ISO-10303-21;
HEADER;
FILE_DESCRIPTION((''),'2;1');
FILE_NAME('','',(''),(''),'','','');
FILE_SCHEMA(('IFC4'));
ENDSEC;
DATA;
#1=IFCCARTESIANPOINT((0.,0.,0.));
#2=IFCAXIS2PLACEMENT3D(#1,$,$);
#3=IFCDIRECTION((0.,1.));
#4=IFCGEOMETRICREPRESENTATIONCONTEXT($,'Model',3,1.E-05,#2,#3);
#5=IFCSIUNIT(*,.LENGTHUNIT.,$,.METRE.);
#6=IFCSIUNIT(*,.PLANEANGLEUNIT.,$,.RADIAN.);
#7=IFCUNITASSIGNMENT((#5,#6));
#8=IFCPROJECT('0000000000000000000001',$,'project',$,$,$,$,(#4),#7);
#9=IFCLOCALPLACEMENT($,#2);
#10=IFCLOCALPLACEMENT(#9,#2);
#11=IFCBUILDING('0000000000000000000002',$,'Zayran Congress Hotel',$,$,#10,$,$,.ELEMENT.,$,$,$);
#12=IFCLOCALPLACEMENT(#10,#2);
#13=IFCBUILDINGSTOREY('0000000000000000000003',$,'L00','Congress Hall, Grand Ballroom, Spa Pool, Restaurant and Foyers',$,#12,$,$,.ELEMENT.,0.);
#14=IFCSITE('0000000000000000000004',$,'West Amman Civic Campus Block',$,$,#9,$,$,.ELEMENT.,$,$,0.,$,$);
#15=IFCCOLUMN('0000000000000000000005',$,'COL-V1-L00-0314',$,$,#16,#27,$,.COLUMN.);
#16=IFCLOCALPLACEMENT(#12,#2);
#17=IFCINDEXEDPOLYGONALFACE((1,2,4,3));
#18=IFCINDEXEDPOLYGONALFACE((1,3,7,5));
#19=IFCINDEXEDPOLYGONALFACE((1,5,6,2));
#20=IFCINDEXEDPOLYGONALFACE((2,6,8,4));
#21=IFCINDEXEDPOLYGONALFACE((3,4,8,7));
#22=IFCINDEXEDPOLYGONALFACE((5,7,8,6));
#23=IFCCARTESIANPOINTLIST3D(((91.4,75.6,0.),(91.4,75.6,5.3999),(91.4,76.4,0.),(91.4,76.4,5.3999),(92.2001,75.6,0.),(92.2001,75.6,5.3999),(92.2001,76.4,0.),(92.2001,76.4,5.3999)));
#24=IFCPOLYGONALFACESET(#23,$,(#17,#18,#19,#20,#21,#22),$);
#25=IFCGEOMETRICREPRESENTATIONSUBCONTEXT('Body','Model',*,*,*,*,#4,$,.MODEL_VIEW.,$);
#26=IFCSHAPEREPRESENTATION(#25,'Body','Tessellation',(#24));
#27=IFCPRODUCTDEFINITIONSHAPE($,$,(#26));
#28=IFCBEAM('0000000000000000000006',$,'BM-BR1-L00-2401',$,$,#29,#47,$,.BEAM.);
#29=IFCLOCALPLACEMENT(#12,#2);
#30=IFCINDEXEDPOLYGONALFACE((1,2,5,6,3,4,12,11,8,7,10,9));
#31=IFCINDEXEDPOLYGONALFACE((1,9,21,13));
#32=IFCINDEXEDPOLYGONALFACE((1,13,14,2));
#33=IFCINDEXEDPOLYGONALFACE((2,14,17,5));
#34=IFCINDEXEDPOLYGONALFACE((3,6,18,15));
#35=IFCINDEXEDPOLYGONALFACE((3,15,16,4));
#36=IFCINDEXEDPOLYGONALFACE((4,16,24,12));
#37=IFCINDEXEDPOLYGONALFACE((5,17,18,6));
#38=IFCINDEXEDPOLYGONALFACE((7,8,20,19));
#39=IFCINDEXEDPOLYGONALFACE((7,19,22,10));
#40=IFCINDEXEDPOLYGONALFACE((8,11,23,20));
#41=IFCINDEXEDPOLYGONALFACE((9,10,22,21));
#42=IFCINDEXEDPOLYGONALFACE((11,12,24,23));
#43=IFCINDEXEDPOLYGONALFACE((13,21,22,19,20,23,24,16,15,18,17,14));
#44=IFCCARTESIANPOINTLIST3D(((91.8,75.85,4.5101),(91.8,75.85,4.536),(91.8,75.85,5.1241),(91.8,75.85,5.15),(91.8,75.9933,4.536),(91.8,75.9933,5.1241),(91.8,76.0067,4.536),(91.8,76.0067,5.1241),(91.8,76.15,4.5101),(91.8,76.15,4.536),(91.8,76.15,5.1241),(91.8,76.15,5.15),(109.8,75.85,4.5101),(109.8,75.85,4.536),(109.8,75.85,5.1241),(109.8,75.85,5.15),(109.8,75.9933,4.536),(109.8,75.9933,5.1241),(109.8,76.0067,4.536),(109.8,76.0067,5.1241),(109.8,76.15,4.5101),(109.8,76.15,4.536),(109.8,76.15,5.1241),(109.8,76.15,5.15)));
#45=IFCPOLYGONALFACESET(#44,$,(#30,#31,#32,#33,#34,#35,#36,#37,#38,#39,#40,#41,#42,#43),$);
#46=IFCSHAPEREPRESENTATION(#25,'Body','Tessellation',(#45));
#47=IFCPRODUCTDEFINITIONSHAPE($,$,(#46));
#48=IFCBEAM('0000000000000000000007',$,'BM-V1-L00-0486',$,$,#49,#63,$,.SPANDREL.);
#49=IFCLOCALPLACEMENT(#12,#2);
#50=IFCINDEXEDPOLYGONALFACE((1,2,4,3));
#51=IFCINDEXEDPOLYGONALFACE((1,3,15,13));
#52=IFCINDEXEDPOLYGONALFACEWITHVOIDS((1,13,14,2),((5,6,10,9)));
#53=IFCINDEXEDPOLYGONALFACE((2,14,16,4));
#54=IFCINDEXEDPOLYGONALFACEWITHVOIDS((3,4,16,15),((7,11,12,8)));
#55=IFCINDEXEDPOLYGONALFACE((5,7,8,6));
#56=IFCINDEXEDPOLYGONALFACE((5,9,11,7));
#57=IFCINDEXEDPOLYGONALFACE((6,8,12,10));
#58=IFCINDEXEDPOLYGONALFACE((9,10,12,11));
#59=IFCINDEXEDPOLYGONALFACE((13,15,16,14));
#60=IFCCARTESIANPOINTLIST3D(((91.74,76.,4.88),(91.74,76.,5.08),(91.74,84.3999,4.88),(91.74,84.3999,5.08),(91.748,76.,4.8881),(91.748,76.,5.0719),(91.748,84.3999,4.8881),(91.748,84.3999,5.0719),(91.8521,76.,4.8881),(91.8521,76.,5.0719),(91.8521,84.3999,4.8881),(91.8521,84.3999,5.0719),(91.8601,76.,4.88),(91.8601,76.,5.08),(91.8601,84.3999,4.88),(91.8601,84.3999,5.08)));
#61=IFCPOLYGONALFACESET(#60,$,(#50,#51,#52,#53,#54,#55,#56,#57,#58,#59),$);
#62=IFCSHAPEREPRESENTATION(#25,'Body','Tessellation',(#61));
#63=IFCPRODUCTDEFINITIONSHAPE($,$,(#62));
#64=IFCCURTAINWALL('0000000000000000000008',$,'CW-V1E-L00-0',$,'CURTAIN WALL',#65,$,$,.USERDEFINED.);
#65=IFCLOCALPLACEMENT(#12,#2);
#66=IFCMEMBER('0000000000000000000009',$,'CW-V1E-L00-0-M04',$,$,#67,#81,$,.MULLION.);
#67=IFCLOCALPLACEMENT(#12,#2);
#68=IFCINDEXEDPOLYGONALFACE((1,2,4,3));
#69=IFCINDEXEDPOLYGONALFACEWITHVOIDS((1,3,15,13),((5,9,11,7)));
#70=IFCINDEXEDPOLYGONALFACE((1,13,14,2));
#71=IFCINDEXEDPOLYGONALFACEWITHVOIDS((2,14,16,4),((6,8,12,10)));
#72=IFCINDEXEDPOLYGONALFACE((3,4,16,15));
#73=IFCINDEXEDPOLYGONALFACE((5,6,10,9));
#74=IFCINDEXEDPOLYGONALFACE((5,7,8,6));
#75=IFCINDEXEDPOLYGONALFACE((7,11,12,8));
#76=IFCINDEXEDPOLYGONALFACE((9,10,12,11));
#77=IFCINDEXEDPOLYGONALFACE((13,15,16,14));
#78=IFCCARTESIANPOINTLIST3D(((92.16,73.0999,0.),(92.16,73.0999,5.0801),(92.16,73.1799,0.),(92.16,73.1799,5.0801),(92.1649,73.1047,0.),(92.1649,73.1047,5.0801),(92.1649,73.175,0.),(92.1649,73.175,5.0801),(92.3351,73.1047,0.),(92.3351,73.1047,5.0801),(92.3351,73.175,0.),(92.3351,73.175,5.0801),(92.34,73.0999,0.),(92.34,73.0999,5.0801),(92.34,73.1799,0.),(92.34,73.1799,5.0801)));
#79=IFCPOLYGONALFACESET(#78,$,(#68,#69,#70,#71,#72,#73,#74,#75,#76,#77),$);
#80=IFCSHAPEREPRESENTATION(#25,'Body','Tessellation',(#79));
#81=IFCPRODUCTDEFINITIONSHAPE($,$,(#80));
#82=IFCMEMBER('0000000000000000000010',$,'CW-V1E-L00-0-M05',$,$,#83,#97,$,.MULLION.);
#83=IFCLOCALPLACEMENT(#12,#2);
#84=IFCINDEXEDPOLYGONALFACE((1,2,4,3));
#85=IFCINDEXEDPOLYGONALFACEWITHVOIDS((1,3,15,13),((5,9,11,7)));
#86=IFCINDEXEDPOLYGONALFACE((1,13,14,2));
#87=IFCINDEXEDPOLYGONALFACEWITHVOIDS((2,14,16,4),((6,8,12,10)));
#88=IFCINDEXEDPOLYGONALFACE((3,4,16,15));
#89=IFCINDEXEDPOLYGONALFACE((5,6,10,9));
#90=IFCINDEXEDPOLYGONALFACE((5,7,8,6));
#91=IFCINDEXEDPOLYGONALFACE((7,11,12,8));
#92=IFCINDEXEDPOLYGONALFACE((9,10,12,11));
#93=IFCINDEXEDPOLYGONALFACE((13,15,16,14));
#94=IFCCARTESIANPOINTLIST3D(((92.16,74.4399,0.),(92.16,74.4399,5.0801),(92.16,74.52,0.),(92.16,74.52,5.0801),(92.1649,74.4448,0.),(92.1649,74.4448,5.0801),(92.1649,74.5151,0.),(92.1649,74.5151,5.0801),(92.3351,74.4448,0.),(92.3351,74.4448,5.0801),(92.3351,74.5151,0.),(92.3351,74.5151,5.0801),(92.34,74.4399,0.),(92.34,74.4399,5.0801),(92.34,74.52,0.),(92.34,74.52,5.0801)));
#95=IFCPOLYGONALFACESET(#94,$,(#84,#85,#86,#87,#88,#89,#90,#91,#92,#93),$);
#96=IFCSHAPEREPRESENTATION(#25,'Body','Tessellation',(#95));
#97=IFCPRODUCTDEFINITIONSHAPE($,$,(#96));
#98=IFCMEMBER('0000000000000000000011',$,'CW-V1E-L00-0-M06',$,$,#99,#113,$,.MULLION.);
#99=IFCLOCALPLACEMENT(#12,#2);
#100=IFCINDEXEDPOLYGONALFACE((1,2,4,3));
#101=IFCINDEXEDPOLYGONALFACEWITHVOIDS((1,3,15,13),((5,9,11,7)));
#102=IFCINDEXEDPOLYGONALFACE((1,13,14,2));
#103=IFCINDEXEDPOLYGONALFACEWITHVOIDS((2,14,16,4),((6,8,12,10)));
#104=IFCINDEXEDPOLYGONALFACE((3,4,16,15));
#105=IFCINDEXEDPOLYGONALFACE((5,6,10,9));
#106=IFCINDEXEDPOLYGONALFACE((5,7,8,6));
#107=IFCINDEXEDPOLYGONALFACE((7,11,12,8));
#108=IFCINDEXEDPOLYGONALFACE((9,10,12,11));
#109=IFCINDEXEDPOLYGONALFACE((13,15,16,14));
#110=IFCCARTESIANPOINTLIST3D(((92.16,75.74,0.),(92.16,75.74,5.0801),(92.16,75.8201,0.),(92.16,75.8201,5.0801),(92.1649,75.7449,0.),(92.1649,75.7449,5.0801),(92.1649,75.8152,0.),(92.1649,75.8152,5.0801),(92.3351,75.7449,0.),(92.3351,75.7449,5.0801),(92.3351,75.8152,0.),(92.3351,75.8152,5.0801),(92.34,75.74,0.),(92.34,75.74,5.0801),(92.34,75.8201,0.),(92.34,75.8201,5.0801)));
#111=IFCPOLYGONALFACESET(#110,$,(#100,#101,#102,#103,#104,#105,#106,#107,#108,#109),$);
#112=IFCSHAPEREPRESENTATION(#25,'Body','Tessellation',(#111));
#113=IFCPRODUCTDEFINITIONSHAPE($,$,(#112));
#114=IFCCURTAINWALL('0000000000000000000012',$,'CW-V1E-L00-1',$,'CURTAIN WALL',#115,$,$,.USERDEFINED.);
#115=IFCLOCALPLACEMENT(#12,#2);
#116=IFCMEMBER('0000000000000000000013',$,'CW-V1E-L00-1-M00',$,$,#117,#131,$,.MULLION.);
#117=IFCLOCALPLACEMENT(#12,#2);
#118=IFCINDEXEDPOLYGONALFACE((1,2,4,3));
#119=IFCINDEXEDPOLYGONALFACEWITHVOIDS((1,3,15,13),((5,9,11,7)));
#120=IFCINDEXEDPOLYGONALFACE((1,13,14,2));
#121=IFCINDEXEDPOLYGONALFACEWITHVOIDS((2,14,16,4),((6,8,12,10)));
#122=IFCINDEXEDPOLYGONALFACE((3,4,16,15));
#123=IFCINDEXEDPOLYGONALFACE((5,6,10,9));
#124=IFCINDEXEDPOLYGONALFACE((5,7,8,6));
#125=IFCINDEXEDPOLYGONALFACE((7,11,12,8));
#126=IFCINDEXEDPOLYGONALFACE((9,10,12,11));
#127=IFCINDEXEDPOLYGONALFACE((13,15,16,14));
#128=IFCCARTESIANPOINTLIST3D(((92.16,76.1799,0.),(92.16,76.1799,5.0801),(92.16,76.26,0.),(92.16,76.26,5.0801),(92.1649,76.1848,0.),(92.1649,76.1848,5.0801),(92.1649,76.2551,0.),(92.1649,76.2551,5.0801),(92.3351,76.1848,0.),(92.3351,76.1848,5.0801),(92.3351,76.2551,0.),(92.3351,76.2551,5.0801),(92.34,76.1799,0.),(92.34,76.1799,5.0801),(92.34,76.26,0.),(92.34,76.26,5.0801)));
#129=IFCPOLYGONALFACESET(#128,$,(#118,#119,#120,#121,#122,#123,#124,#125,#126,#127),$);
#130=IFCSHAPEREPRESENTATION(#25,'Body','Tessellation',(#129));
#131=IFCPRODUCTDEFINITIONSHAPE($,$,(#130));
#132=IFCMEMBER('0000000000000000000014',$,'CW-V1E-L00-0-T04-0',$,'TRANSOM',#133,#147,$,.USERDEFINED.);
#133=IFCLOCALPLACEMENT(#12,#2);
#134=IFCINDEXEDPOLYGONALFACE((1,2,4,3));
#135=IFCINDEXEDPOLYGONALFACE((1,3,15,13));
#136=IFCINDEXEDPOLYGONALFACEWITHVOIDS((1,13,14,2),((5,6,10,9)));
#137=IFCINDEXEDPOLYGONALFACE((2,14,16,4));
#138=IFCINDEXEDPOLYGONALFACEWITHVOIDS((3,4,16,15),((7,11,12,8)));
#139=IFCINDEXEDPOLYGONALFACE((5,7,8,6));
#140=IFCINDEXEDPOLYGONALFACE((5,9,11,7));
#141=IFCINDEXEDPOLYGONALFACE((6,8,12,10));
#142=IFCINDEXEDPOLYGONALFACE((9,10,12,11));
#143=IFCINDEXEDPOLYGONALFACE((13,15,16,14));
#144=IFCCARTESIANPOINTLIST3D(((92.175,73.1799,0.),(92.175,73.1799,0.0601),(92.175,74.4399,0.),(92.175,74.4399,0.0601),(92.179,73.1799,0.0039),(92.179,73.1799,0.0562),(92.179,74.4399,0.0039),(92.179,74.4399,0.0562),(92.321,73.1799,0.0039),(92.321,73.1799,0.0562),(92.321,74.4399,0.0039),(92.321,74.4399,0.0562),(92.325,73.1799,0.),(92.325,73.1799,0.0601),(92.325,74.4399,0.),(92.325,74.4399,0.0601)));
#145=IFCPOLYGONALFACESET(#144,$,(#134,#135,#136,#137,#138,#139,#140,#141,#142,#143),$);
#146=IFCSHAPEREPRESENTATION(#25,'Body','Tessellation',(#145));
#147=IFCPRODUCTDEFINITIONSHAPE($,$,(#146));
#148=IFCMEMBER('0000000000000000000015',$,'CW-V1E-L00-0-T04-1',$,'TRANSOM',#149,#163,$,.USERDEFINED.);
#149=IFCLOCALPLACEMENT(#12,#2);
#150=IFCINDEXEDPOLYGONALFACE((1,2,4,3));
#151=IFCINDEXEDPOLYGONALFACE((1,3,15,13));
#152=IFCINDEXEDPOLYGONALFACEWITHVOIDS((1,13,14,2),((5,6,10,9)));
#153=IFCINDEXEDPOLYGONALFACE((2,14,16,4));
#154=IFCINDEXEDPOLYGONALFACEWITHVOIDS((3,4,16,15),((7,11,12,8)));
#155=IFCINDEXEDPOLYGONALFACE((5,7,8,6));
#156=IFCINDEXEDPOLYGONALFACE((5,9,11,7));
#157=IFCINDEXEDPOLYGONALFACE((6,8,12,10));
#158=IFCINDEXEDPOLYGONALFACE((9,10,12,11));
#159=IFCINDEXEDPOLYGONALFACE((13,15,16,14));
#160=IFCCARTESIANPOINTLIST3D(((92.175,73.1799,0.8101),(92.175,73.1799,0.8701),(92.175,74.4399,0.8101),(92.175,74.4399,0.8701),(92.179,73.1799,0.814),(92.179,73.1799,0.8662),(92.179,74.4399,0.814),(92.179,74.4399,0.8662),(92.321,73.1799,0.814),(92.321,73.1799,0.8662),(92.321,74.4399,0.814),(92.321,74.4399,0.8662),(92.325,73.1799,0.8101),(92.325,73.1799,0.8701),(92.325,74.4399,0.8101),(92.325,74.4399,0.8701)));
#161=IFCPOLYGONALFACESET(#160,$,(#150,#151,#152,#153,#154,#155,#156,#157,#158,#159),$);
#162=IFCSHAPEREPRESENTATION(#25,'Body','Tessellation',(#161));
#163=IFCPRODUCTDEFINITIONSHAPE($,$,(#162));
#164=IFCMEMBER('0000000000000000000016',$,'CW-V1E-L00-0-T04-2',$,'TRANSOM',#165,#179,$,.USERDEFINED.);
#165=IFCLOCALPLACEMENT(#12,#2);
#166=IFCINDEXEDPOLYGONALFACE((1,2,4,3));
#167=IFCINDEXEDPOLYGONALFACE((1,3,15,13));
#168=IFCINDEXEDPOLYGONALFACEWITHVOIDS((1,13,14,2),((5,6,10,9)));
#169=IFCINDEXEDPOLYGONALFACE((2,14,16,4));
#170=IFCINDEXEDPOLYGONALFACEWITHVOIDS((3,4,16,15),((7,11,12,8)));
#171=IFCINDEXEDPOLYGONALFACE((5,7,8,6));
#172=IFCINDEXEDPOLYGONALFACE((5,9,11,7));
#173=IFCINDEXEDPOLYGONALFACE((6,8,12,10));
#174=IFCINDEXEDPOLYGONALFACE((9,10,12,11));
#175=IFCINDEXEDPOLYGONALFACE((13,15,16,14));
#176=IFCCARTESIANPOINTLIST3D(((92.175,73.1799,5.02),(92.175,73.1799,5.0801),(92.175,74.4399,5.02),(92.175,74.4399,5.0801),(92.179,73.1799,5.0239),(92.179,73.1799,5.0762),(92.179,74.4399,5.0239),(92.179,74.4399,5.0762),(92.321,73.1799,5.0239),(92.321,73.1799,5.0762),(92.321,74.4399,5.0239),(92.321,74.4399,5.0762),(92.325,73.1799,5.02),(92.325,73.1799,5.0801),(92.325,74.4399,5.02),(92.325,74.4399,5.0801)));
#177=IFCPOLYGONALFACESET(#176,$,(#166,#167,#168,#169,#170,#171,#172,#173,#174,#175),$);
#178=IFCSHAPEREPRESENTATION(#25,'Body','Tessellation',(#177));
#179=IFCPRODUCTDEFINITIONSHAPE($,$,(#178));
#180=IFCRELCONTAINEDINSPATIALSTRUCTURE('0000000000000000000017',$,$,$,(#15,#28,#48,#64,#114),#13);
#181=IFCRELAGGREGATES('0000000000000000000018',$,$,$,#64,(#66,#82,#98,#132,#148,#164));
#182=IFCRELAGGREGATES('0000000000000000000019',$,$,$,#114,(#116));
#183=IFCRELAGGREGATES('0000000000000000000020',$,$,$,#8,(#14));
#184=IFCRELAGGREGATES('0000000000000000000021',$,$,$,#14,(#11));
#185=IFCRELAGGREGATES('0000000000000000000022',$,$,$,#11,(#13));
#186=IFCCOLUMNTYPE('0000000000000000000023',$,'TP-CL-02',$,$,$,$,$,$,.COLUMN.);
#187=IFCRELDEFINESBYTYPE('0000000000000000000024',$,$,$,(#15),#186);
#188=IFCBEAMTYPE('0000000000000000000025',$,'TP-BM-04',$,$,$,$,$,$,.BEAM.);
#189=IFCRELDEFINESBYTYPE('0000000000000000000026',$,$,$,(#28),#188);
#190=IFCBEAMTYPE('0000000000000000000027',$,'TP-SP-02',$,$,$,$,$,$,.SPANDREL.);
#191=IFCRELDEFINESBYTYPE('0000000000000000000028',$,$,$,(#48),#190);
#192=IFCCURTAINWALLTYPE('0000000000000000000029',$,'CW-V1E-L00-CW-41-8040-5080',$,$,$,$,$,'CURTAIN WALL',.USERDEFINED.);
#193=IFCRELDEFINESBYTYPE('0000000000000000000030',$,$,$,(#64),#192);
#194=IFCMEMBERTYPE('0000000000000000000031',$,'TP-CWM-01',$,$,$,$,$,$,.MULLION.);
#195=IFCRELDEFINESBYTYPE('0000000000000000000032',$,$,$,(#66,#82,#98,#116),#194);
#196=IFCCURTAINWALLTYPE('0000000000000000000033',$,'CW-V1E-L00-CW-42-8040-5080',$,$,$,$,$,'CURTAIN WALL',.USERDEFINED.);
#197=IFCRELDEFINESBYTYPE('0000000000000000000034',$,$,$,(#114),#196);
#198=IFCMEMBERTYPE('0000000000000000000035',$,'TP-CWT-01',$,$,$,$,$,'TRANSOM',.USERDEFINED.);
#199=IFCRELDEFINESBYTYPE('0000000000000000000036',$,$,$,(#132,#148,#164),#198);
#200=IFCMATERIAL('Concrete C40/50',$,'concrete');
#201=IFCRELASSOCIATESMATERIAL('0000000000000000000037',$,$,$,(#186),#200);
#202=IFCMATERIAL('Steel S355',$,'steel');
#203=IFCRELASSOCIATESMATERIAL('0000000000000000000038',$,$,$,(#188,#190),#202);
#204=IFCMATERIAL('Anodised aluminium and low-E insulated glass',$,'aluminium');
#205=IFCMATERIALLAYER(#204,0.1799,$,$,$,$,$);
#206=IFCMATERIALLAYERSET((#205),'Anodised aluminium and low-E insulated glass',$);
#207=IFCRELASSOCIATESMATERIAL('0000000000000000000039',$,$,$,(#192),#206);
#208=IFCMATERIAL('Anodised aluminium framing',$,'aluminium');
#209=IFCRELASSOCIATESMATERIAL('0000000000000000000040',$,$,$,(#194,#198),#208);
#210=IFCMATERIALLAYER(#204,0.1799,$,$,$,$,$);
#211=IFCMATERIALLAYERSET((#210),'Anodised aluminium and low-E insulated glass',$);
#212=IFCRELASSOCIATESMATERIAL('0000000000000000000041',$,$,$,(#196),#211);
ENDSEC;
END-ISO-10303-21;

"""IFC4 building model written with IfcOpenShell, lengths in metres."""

from ifc_helpers import new_model, si_unit, direction, frame, origin, origin_2d, place, context, subcontext, project, spatial, rectangle, hollow_rectangle, i_section, extrude, material, layer, layer_set, material_profile, profile_set, type_object, element, aggregate, save


model = new_model("IFC4")

# Units and contexts
model_context = context("Model", 3, precision=1e-05, world=origin(), true_north=direction((0.0, 1.0)))
body_context = subcontext(model_context, "Body", "Model", "MODEL_VIEW")
ifc_project = project(units=[si_unit("LENGTHUNIT", "METRE"), si_unit("PLANEANGLEUNIT", "RADIAN")], contexts=[model_context])

# Site, building, storey
site_placement = place(None, origin())
site = spatial("IfcSite", under=ifc_project, at=site_placement, Name="West Amman Civic Campus Block", CompositionType="ELEMENT", RefElevation=0.0)
building_placement = place(site_placement, origin())
building = spatial("IfcBuilding", under=site, at=building_placement, Name="Zayran Congress Hotel", CompositionType="ELEMENT")
storey_placement = place(building_placement, origin())
storey = spatial("IfcBuildingStorey", under=building, at=storey_placement, Name="L00", Description="Congress Hall, Grand Ballroom, Spa Pool, Restaurant and Foyers", CompositionType="ELEMENT", Elevation=0.0)

# Column
ifc_material_1 = material(Name="Concrete C40/50", Category="concrete")
ifc_material_profile_1 = material_profile(ifc_material_1, rectangle(XDim=0.8, YDim=0.8, at=origin_2d()), Name="RC 800x800")
ifc_profile_set_1 = profile_set([ifc_material_profile_1], Name="Concrete C40/50")
column_type = type_object("IfcColumnType", Name="TP-CL-02", PredefinedType="COLUMN", material=ifc_profile_set_1)
column_placement = place(storey_placement, frame((91.8, 76.0, 0.0), z_axis=(0.0, 0.0, 1.0), x_axis=(1.0, 0.0, 0.0)))
element("IfcColumn", 1, at=column_placement, inside=storey, type_object=column_type, Name="COL-V1-L00-0314", PredefinedType="COLUMN", context=body_context, shape_type="SweptSolid", body=[
    extrude(rectangle(XDim=0.8, YDim=0.8, at=origin_2d()), origin(), (0.0, 0.0, 1.0), 5.3999),
])

# Beams
ifc_material_2 = material(Name="Steel S355", Category="steel")
ifc_material_profile_2 = material_profile(ifc_material_2, i_section(OverallWidth=0.3, OverallDepth=0.6399, WebThickness=0.0134, FlangeThickness=0.0259, at=origin_2d()), Name="HEA 650")
ifc_profile_set_2 = profile_set([ifc_material_profile_2], Name="Steel S355")
beam_type_1 = type_object("IfcBeamType", Name="TP-BM-04", PredefinedType="BEAM", material=ifc_profile_set_2)
beam_1_placement = place(storey_placement, frame((91.8, 76.0, 4.8301), z_axis=(1.0, 0.0, 0.0), x_axis=(0.0, 1.0, 0.0)))
element("IfcBeam", 2, at=beam_1_placement, inside=storey, type_object=beam_type_1, Name="BM-BR1-L00-2401", PredefinedType="BEAM", context=body_context, shape_type="SweptSolid", body=[
    extrude(i_section(OverallWidth=0.3, OverallDepth=0.6399, WebThickness=0.0134, FlangeThickness=0.0259, at=origin_2d()), origin(), (0.0, 0.0, 1.0), 18.0),
])
ifc_material_profile_3 = material_profile(ifc_material_2, hollow_rectangle(XDim=0.1201, YDim=0.2, WallThickness=0.0081, at=origin_2d()), Name="RHS 200x120x8")
ifc_profile_set_3 = profile_set([ifc_material_profile_3], Name="Steel S355")
beam_type_2 = type_object("IfcBeamType", Name="TP-SP-02", PredefinedType="SPANDREL", material=ifc_profile_set_3)
beam_2_placement = place(storey_placement, frame((91.8, 76.0, 4.98), z_axis=(0.0, 1.0, 0.0), x_axis=(-1.0, 0.0, 0.0)))
element("IfcBeam", 3, at=beam_2_placement, inside=storey, type_object=beam_type_2, Name="BM-V1-L00-0486", PredefinedType="SPANDREL", context=body_context, shape_type="SweptSolid", body=[
    extrude(hollow_rectangle(XDim=0.1201, YDim=0.2, WallThickness=0.0081, at=origin_2d()), origin(), (0.0, 0.0, 1.0), 8.3999),
])

# Curtain wall, members
ifc_material_3 = material(Name="Anodised aluminium and low-E insulated glass", Category="aluminium")
ifc_layer_1 = layer(ifc_material_3, 0.1799)
ifc_layer_set_1 = layer_set([ifc_layer_1], Name="Anodised aluminium and low-E insulated glass")
curtain_wall_type_1 = type_object("IfcCurtainWallType", Name="CW-V1E-L00-CW-41-8040-5080", ElementType="CURTAIN WALL", PredefinedType="USERDEFINED", material=ifc_layer_set_1)
curtain_wall_1_placement = place(storey_placement, origin())
curtain_wall_1 = element("IfcCurtainWall", 4, at=curtain_wall_1_placement, inside=storey, type_object=curtain_wall_type_1, Name="CW-V1E-L00-0", ObjectType="CURTAIN WALL", PredefinedType="USERDEFINED")
ifc_material_4 = material(Name="Anodised aluminium framing", Category="aluminium")
ifc_material_profile_4 = material_profile(ifc_material_4, hollow_rectangle(XDim=0.0801, YDim=0.1799, WallThickness=0.0049, at=origin_2d()), Name="RHS 180x80x5")
ifc_profile_set_4 = profile_set([ifc_material_profile_4], Name="Anodised aluminium framing")
member_type_1 = type_object("IfcMemberType", Name="TP-CWM-01", PredefinedType="MULLION", material=ifc_profile_set_4)
member_1_placement = place(storey_placement, frame((92.25, 73.1399, 0.0), z_axis=(0.0, 0.0, 1.0), x_axis=(0.0, 1.0, 0.0)))
member_1 = element("IfcMember", 5, at=member_1_placement, type_object=member_type_1, Name="CW-V1E-L00-0-M04", PredefinedType="MULLION", context=body_context, shape_type="SweptSolid", body=[
    extrude(hollow_rectangle(XDim=0.0801, YDim=0.1799, WallThickness=0.0049, at=origin_2d()), origin(), (0.0, 0.0, 1.0), 5.0801),
])
member_2_placement = place(storey_placement, frame((92.25, 74.48, 0.0), z_axis=(0.0, 0.0, 1.0), x_axis=(0.0, 1.0, 0.0)))
member_2 = element("IfcMember", 6, at=member_2_placement, type_object=member_type_1, Name="CW-V1E-L00-0-M05", PredefinedType="MULLION", context=body_context, shape_type="SweptSolid", body=[
    extrude(hollow_rectangle(XDim=0.0801, YDim=0.1799, WallThickness=0.0049, at=origin_2d()), origin(), (0.0, 0.0, 1.0), 5.0801),
])
member_3_placement = place(storey_placement, frame((92.25, 75.78, 0.0), z_axis=(0.0, 0.0, 1.0), x_axis=(0.0, 1.0, 0.0)))
member_3 = element("IfcMember", 7, at=member_3_placement, type_object=member_type_1, Name="CW-V1E-L00-0-M06", PredefinedType="MULLION", context=body_context, shape_type="SweptSolid", body=[
    extrude(hollow_rectangle(XDim=0.0801, YDim=0.1799, WallThickness=0.0049, at=origin_2d()), origin(), (0.0, 0.0, 1.0), 5.0801),
])

# Curtain wall, member
ifc_layer_2 = layer(ifc_material_3, 0.1799)
ifc_layer_set_2 = layer_set([ifc_layer_2], Name="Anodised aluminium and low-E insulated glass")
curtain_wall_type_2 = type_object("IfcCurtainWallType", Name="CW-V1E-L00-CW-42-8040-5080", ElementType="CURTAIN WALL", PredefinedType="USERDEFINED", material=ifc_layer_set_2)
curtain_wall_2_placement = place(storey_placement, origin())
curtain_wall_2 = element("IfcCurtainWall", 8, at=curtain_wall_2_placement, inside=storey, type_object=curtain_wall_type_2, Name="CW-V1E-L00-1", ObjectType="CURTAIN WALL", PredefinedType="USERDEFINED")
member_4_placement = place(storey_placement, frame((92.25, 76.22, 0.0), z_axis=(0.0, 0.0, 1.0), x_axis=(0.0, 1.0, 0.0)))
member_4 = element("IfcMember", 9, at=member_4_placement, type_object=member_type_1, Name="CW-V1E-L00-1-M00", PredefinedType="MULLION", context=body_context, shape_type="SweptSolid", body=[
    extrude(hollow_rectangle(XDim=0.0801, YDim=0.1799, WallThickness=0.0049, at=origin_2d()), origin(), (0.0, 0.0, 1.0), 5.0801),
])

# Members
ifc_material_profile_5 = material_profile(ifc_material_4, hollow_rectangle(XDim=0.0601, YDim=0.1499, WallThickness=0.0039, at=origin_2d()), Name="RHS 150x60x4")
ifc_profile_set_5 = profile_set([ifc_material_profile_5], Name="Anodised aluminium framing")
member_type_2 = type_object("IfcMemberType", Name="TP-CWT-01", ElementType="TRANSOM", PredefinedType="USERDEFINED", material=ifc_profile_set_5)
member_5_placement = place(storey_placement, frame((92.25, 73.1799, 0.03), z_axis=(0.0, 1.0, 0.0), x_axis=(0.0, 0.0, 1.0)))
member_5 = element("IfcMember", 10, at=member_5_placement, type_object=member_type_2, Name="CW-V1E-L00-0-T04-0", ObjectType="TRANSOM", PredefinedType="USERDEFINED", context=body_context, shape_type="SweptSolid", body=[
    extrude(hollow_rectangle(XDim=0.0601, YDim=0.1499, WallThickness=0.0039, at=origin_2d()), origin(), (0.0, 0.0, 1.0), 1.26),
])
member_6_placement = place(storey_placement, frame((92.25, 73.1799, 0.8401), z_axis=(0.0, 1.0, 0.0), x_axis=(0.0, 0.0, 1.0)))
member_6 = element("IfcMember", 11, at=member_6_placement, type_object=member_type_2, Name="CW-V1E-L00-0-T04-1", ObjectType="TRANSOM", PredefinedType="USERDEFINED", context=body_context, shape_type="SweptSolid", body=[
    extrude(hollow_rectangle(XDim=0.0601, YDim=0.1499, WallThickness=0.0039, at=origin_2d()), origin(), (0.0, 0.0, 1.0), 1.26),
])
member_7_placement = place(storey_placement, frame((92.25, 73.1799, 5.05), z_axis=(0.0, 1.0, 0.0), x_axis=(0.0, 0.0, 1.0)))
member_7 = element("IfcMember", 12, at=member_7_placement, type_object=member_type_2, Name="CW-V1E-L00-0-T04-2", ObjectType="TRANSOM", PredefinedType="USERDEFINED", context=body_context, shape_type="SweptSolid", body=[
    extrude(hollow_rectangle(XDim=0.0601, YDim=0.1499, WallThickness=0.0039, at=origin_2d()), origin(), (0.0, 0.0, 1.0), 1.26),
])

aggregate(curtain_wall_1, [member_1, member_2, member_3, member_5, member_6, member_7])
aggregate(curtain_wall_2, [member_4])

save(model, "model.ifc")
